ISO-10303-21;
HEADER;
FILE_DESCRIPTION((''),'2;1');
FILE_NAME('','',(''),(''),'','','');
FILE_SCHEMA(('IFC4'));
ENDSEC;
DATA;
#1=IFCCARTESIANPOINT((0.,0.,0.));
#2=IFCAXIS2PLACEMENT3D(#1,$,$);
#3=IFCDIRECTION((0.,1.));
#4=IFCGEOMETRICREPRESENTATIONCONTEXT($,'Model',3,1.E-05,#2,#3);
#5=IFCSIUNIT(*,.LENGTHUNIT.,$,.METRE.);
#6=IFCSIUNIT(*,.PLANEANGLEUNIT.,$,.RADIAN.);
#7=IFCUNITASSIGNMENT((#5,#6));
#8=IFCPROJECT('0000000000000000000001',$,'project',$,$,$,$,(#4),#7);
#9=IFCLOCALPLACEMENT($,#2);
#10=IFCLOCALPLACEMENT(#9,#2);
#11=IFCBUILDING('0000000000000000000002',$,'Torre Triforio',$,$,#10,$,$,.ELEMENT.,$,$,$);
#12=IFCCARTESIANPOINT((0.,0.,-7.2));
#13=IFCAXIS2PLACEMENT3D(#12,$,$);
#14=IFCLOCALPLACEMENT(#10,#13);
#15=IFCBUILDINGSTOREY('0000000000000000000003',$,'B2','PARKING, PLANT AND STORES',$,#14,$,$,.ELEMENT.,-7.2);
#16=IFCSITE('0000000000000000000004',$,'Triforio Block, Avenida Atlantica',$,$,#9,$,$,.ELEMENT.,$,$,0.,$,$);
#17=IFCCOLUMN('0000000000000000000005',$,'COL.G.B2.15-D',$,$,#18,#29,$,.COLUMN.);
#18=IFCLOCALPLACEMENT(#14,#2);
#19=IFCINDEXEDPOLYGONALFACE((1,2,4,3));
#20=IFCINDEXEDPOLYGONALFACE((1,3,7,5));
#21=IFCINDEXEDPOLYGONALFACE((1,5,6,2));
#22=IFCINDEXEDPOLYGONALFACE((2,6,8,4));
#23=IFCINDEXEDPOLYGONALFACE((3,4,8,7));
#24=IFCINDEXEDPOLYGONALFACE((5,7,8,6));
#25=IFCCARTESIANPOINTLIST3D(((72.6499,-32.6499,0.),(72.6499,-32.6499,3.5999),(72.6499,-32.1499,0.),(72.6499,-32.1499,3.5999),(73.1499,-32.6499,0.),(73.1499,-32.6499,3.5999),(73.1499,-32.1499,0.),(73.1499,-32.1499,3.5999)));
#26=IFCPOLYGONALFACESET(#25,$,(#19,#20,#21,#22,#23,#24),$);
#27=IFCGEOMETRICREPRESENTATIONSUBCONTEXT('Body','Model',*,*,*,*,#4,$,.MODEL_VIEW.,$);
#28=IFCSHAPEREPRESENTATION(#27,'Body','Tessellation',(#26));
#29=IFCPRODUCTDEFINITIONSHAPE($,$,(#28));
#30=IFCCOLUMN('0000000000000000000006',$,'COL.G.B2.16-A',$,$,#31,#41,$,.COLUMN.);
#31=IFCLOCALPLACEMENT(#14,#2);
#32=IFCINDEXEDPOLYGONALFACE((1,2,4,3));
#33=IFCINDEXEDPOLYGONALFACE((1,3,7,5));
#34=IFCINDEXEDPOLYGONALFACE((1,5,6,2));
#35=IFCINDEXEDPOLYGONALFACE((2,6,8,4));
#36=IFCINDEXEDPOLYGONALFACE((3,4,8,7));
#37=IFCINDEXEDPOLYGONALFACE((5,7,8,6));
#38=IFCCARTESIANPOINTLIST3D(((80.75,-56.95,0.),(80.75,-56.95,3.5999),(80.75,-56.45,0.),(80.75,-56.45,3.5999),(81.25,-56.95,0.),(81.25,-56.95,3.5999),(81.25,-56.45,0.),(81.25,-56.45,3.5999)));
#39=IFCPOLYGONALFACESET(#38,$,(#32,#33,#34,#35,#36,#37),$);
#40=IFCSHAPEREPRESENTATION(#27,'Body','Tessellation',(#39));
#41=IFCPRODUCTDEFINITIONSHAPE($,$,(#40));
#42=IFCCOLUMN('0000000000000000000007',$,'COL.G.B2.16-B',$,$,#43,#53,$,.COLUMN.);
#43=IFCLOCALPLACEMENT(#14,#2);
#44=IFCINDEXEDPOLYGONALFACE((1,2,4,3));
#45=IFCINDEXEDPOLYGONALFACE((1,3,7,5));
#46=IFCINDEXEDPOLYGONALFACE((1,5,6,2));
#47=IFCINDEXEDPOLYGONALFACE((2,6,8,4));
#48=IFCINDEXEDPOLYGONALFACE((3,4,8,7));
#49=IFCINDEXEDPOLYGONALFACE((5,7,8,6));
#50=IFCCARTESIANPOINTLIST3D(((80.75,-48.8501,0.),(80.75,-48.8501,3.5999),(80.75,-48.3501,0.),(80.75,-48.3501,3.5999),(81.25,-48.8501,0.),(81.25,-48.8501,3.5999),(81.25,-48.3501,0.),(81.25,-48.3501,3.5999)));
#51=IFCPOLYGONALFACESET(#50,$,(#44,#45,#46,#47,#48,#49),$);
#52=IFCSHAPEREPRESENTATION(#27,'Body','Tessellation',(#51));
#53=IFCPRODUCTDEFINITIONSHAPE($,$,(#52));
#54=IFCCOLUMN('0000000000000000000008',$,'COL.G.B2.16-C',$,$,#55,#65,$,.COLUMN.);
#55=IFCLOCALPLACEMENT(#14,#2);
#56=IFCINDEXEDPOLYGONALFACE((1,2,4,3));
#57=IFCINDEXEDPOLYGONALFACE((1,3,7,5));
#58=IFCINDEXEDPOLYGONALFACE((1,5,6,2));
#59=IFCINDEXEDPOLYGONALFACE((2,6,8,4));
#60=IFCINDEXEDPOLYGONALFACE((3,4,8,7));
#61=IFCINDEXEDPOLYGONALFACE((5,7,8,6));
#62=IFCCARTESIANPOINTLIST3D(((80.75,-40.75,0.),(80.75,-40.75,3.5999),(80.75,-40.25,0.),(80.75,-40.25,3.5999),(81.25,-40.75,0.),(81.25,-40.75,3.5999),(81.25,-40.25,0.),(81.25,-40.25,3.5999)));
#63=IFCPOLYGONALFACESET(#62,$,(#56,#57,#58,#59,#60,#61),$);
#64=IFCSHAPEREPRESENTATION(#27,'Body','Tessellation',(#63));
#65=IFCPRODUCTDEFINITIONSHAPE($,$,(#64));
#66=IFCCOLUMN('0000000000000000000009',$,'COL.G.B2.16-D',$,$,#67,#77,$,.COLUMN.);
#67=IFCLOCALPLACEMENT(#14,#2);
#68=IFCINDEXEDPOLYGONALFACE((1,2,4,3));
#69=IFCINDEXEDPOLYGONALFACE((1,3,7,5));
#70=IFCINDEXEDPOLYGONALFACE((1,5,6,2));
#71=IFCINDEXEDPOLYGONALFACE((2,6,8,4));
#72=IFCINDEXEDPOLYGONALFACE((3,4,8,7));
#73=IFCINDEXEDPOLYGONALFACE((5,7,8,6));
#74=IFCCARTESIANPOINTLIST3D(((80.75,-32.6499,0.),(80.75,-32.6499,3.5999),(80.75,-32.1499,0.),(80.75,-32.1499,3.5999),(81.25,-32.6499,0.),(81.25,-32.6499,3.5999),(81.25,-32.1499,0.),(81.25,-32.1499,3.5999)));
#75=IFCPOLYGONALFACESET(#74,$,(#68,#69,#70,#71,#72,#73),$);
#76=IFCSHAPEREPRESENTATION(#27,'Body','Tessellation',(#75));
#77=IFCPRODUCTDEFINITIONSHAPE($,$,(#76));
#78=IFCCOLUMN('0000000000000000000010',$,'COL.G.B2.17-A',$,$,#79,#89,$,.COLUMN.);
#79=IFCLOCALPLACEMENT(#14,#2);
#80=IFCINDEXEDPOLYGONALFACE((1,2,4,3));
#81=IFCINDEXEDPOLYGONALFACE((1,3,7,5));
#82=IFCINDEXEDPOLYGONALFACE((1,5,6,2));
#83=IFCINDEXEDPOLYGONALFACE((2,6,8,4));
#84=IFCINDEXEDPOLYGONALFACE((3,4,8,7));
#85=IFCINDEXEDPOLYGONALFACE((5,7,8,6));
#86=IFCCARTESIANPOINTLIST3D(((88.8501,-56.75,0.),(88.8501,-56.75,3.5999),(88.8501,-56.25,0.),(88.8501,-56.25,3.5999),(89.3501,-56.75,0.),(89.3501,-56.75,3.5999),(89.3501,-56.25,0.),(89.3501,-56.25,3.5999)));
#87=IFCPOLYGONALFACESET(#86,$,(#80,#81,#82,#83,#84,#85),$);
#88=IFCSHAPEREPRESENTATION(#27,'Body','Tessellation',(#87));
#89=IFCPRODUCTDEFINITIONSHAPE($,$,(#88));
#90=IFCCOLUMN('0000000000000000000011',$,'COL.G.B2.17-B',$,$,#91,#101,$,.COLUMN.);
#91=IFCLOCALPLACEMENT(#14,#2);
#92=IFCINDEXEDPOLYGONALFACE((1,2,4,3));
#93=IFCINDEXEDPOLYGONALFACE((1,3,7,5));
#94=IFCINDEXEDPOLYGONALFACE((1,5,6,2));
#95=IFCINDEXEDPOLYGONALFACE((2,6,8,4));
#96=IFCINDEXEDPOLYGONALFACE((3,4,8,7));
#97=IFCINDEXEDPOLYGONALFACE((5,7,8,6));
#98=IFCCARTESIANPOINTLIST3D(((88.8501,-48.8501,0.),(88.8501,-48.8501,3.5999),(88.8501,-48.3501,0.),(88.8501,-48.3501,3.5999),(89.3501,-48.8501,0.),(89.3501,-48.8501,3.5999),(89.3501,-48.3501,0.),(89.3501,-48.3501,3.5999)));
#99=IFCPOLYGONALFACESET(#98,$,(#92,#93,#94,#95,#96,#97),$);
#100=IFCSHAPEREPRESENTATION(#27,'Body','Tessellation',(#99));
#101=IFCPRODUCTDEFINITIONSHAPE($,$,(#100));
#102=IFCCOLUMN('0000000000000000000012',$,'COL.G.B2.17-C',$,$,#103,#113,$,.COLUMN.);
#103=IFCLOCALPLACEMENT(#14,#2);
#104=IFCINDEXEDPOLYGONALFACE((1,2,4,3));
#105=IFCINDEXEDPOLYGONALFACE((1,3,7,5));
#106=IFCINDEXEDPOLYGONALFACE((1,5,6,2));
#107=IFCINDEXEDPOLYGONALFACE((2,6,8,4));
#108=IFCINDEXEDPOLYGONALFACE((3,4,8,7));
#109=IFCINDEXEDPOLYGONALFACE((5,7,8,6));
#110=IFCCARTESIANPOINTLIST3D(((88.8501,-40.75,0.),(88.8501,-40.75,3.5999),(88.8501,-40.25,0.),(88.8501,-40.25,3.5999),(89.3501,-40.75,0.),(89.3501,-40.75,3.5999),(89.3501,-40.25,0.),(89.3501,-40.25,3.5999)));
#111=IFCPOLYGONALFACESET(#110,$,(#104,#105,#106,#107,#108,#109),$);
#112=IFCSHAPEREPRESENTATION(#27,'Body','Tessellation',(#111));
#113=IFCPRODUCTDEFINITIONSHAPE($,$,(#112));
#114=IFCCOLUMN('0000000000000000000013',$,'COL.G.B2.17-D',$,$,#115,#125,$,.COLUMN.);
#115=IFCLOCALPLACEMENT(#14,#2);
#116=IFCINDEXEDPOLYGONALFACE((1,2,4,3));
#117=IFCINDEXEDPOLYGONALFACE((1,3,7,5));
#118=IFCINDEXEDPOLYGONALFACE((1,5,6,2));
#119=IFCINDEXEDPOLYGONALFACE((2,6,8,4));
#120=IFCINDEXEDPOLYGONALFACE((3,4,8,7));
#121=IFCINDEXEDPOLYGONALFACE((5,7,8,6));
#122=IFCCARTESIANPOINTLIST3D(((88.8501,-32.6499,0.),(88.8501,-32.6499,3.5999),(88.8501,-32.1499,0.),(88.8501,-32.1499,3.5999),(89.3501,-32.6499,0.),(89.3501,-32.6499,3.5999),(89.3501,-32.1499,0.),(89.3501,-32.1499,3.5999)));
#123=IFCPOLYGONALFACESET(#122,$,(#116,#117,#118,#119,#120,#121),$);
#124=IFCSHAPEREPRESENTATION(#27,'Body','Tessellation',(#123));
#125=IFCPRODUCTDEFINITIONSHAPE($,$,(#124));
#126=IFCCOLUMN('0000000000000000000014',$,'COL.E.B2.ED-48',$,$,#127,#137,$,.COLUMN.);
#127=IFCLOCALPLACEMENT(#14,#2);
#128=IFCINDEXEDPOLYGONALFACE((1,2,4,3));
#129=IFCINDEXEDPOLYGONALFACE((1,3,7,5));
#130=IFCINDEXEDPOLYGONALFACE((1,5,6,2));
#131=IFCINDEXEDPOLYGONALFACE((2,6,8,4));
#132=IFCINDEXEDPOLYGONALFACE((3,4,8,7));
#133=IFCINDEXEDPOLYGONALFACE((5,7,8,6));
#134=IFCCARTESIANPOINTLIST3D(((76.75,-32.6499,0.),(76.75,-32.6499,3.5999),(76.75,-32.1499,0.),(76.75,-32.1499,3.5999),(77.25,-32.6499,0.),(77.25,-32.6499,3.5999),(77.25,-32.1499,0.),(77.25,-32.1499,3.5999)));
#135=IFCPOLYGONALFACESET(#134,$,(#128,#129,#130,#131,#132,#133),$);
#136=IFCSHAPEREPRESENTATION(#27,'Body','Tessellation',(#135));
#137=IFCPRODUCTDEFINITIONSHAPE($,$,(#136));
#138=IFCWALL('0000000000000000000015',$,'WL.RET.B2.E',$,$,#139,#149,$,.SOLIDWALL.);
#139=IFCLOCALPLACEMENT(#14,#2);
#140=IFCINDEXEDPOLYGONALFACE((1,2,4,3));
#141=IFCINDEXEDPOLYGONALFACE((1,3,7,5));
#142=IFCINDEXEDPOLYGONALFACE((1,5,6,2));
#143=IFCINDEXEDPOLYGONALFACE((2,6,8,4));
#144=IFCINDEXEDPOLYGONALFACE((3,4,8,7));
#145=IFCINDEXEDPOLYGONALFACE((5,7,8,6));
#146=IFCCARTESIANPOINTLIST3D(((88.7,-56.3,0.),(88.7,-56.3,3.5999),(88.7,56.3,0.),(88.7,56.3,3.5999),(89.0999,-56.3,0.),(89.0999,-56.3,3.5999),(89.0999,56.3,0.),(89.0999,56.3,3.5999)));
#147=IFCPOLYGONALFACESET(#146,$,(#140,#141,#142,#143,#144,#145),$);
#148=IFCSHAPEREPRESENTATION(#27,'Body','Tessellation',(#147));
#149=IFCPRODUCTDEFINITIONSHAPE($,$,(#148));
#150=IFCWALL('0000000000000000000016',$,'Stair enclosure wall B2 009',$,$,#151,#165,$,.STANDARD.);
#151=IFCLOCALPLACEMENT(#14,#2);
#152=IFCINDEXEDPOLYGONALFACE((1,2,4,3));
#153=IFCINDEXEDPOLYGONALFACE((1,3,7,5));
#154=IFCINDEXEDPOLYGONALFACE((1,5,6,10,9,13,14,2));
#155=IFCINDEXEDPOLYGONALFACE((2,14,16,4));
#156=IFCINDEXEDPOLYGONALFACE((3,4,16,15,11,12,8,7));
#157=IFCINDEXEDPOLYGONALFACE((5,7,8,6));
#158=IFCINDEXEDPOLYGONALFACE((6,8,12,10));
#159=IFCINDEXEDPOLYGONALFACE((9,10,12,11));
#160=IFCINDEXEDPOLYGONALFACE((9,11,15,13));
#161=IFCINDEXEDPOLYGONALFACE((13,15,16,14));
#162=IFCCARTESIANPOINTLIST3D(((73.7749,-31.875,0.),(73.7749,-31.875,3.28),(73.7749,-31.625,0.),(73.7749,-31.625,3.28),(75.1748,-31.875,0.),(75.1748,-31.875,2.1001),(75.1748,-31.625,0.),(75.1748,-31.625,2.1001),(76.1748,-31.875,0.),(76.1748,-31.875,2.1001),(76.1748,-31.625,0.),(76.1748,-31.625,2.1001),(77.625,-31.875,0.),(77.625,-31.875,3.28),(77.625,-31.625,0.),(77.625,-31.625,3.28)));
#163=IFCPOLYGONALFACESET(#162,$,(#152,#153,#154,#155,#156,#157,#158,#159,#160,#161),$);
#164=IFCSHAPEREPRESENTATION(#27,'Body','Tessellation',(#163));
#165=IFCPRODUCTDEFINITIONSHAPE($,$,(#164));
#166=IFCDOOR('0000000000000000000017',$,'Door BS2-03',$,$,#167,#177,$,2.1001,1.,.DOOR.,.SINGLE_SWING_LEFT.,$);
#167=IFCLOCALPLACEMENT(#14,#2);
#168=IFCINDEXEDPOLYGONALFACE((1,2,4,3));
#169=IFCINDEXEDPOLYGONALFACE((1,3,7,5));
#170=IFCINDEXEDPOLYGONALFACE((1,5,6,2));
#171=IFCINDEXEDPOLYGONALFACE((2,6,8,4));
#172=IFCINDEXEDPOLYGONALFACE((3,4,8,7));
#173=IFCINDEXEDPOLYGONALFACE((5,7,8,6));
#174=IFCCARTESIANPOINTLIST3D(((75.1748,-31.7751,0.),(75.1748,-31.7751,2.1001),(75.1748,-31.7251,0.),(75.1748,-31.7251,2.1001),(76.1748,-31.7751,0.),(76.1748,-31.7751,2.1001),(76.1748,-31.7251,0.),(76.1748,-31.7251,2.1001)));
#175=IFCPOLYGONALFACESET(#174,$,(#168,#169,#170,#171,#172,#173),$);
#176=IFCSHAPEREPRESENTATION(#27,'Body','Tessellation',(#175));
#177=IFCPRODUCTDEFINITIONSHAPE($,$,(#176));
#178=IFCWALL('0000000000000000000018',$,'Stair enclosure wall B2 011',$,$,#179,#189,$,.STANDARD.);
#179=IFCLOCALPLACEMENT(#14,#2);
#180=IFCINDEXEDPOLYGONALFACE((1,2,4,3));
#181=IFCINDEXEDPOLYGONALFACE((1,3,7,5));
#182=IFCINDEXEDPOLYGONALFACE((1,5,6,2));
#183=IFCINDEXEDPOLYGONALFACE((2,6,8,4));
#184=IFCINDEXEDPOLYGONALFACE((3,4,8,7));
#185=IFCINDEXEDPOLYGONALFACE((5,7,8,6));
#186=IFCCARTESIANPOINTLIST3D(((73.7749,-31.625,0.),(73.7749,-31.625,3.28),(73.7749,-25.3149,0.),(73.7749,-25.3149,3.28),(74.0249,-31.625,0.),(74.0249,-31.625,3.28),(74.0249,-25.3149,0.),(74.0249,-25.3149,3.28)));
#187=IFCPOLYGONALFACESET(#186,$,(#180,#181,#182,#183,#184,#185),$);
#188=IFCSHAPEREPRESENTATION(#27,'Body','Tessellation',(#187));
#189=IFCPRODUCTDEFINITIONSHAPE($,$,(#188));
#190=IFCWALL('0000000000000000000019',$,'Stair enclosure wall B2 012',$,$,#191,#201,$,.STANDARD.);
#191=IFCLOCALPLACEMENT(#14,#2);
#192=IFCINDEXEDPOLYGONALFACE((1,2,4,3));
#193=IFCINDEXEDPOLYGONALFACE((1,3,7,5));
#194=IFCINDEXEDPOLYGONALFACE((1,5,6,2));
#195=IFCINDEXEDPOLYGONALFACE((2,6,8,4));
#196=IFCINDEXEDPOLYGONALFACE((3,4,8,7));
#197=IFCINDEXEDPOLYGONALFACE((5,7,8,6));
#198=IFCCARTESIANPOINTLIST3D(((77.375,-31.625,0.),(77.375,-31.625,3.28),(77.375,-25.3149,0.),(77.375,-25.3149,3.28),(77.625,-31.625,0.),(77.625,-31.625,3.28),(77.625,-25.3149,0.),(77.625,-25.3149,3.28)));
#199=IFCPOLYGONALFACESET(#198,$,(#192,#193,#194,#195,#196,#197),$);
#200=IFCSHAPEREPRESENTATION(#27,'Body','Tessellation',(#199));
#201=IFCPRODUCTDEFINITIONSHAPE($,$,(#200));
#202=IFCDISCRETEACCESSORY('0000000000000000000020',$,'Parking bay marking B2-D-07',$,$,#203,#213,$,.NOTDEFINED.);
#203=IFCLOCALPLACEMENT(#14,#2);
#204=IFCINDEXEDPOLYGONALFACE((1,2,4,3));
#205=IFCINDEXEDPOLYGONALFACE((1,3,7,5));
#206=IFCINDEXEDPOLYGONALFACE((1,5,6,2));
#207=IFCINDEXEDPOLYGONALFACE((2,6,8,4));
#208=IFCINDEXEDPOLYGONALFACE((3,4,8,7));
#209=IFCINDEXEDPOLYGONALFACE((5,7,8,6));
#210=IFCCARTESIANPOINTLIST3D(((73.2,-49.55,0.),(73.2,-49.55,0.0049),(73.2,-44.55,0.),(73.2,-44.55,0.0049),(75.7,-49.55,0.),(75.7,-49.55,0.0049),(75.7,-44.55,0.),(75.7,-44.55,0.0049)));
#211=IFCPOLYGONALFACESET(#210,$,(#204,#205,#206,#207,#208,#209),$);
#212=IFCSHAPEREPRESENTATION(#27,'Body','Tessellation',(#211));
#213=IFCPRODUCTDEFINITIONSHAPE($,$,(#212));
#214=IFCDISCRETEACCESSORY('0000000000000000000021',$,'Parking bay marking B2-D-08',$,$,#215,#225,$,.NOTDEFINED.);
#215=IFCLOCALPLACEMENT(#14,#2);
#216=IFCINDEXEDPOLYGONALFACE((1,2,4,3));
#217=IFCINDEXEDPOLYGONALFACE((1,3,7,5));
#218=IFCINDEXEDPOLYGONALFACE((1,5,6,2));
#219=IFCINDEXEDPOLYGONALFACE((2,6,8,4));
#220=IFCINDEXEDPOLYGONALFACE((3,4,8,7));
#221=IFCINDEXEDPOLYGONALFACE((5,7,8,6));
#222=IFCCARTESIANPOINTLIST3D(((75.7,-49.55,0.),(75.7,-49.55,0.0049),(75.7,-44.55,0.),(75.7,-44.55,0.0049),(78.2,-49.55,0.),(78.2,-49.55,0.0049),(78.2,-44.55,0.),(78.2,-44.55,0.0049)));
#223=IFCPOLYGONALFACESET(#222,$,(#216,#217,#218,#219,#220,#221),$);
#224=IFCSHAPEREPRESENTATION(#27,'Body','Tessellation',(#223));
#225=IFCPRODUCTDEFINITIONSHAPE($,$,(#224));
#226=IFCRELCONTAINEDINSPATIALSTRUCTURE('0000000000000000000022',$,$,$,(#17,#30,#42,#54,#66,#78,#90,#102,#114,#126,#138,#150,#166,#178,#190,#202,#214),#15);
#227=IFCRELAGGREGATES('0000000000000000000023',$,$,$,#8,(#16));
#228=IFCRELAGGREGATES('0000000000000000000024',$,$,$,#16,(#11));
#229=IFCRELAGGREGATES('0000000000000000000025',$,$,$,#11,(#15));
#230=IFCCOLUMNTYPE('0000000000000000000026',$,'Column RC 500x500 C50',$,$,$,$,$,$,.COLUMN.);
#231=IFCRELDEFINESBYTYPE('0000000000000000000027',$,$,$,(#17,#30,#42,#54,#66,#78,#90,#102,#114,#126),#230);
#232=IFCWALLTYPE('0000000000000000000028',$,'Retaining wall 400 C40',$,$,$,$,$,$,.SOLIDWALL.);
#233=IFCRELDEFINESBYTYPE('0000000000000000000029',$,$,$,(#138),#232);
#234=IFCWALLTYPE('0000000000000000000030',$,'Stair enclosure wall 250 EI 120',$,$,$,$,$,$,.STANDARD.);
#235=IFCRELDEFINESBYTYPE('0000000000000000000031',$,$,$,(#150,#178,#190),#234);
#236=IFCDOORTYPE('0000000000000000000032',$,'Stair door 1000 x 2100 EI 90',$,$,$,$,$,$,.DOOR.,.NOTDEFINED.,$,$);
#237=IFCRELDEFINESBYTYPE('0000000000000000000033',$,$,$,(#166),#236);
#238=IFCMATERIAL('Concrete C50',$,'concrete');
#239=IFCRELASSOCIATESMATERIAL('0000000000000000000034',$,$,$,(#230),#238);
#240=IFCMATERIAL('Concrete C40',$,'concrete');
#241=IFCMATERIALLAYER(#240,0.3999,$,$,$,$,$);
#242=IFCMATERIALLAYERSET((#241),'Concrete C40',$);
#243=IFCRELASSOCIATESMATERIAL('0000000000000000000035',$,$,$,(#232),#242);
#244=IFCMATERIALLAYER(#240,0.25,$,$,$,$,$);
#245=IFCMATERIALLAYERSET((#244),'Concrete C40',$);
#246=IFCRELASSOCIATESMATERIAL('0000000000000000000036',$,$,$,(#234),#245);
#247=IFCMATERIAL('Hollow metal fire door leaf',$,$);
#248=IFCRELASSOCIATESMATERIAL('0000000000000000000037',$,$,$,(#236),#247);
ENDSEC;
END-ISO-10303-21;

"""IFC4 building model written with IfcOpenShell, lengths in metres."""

from ifc_helpers import new_model, si_unit, direction, frame, frame_2d, origin, origin_2d, place, context, subcontext, project, spatial, rectangle, extrude, material, layer, layer_set, material_profile, profile_set, type_object, element, fill, save


model = new_model("IFC4")

# Units and contexts
model_context = context("Model", 3, precision=1e-05, world=origin(), true_north=direction((0.0, 1.0)))
body_context = subcontext(model_context, "Body", "Model", "MODEL_VIEW")
ifc_project = project(units=[si_unit("LENGTHUNIT", "METRE"), si_unit("PLANEANGLEUNIT", "RADIAN")], contexts=[model_context])

# Site, building, storey
site_placement = place(None, origin())
site = spatial("IfcSite", under=ifc_project, at=site_placement, Name="Triforio Block, Avenida Atlantica", CompositionType="ELEMENT", RefElevation=0.0)
building_placement = place(site_placement, origin())
building = spatial("IfcBuilding", under=site, at=building_placement, Name="Torre Triforio", CompositionType="ELEMENT")
storey_placement = place(building_placement, frame((0.0, 0.0, -7.2)))
storey = spatial("IfcBuildingStorey", under=building, at=storey_placement, Name="B2", Description="PARKING, PLANT AND STORES", CompositionType="ELEMENT", Elevation=-7.2)

# Columns
ifc_material_1 = material(Name="Concrete C50", Category="concrete")
ifc_material_profile = material_profile(ifc_material_1, rectangle(XDim=0.5, YDim=0.5, at=origin_2d()), Name="RC 500x500")
ifc_profile_set = profile_set([ifc_material_profile], Name="Concrete C50")
column_type = type_object("IfcColumnType", Name="Column RC 500x500 C50", PredefinedType="COLUMN", material=ifc_profile_set)
for number, where, z_axis, x_axis, name in (
    (1, (72.8999, -32.3999, 0.0), (0.0, 0.0, 1.0), (1.0, 0.0, 0.0), "COL.G.B2.15-D"),
    (2, (81.0, -56.7, 0.0), (0.0, 0.0, 1.0), (1.0, 0.0, 0.0), "COL.G.B2.16-A"),
    (3, (81.0, -48.6001, 0.0), (0.0, 0.0, 1.0), (1.0, 0.0, 0.0), "COL.G.B2.16-B"),
    (4, (81.0, -40.5, 0.0), (0.0, 0.0, 1.0), (1.0, 0.0, 0.0), "COL.G.B2.16-C"),
    (5, (81.0, -32.3999, 0.0), (0.0, 0.0, 1.0), (1.0, 0.0, 0.0), "COL.G.B2.16-D"),
    (6, (89.1001, -56.5, 0.0), (0.0, 0.0, 1.0), (1.0, 0.0, 0.0), "COL.G.B2.17-A"),
    (7, (89.1001, -48.6001, 0.0), (0.0, 0.0, 1.0), (1.0, 0.0, 0.0), "COL.G.B2.17-B"),
    (8, (89.1001, -40.5, 0.0), (0.0, 0.0, 1.0), (1.0, 0.0, 0.0), "COL.G.B2.17-C"),
    (9, (89.1001, -32.3999, 0.0), (0.0, 0.0, 1.0), (1.0, 0.0, 0.0), "COL.G.B2.17-D"),
    (10, (77.0, -32.3999, 0.0), (0.0, 0.0, 1.0), (1.0, 0.0, 0.0), "COL.E.B2.ED-48"),
):
    element("IfcColumn", number, at=place(storey_placement, frame(where, z_axis=z_axis, x_axis=x_axis)), inside=storey, type_object=column_type, Name=name, PredefinedType="COLUMN", context=body_context, shape_type="SweptSolid", body=[
        extrude(rectangle(XDim=0.5, YDim=0.5, at=origin_2d()), origin(), (0.0, 0.0, 1.0), 3.5999),
    ])

# Wall
ifc_material_2 = material(Name="Concrete C40", Category="concrete")
ifc_layer_1 = layer(ifc_material_2, 0.3999)
ifc_layer_set_1 = layer_set([ifc_layer_1], Name="Concrete C40")
wall_type_1 = type_object("IfcWallType", Name="Retaining wall 400 C40", PredefinedType="SOLIDWALL", material=ifc_layer_set_1)
wall_1_placement = place(storey_placement, frame((88.8999, -56.3, 0.0), z_axis=(0.0, 0.0, 1.0), x_axis=(0.0, 1.0, 0.0)))
element("IfcWall", 11, at=wall_1_placement, inside=storey, type_object=wall_type_1, Name="WL.RET.B2.E", PredefinedType="SOLIDWALL", context=body_context, shape_type="SweptSolid", body=[
    extrude(rectangle(XDim=112.6001, YDim=0.3999, at=frame_2d((56.3, 0.0))), origin(), (0.0, 0.0, 1.0), 3.5999),
])

# Wall, opening, door
ifc_layer_2 = layer(ifc_material_2, 0.25)
ifc_layer_set_2 = layer_set([ifc_layer_2], Name="Concrete C40")
wall_type_2 = type_object("IfcWallType", Name="Stair enclosure wall 250 EI 120", PredefinedType="STANDARD", material=ifc_layer_set_2)
wall_2_placement = place(storey_placement, frame((73.7749, -31.75, 0.0), z_axis=(0.0, 0.0, 1.0), x_axis=(1.0, 0.0, 0.0)))
wall_2 = element("IfcWall", 12, at=wall_2_placement, inside=storey, type_object=wall_type_2, Name="Stair enclosure wall B2 009", PredefinedType="STANDARD", context=body_context, shape_type="SweptSolid", body=[
    extrude(rectangle(XDim=3.8501, YDim=0.25, at=frame_2d((1.925, 0.0))), origin(), (0.0, 0.0, 1.0), 3.28),
])
opening_placement = place(wall_2_placement, frame((1.3999, 0.0, 0.0)))
opening = element("IfcOpeningElement", 13, at=opening_placement, cuts=wall_2, PredefinedType="OPENING", context=body_context, shape_type="SweptSolid", body=[
    extrude(rectangle(XDim=1.0, YDim=2.1001, at=frame_2d((0.5, 1.05))), frame((0.0, 0.135, 0.0), z_axis=(0.0, -1.0, 0.0), x_axis=(1.0, 0.0, 0.0)), (0.0, 0.0, 1.0), 0.27),
])
ifc_material_3 = material(Name="Hollow metal fire door leaf")
door_type = type_object("IfcDoorType", Name="Stair door 1000 x 2100 EI 90", OperationType="NOTDEFINED", PredefinedType="DOOR", material=ifc_material_3)
door_placement = place(opening_placement, origin())
door = element("IfcDoor", 14, at=door_placement, inside=storey, type_object=door_type, Name="Door BS2-03", OperationType="SINGLE_SWING_LEFT", OverallHeight=2.1001, OverallWidth=1.0, PredefinedType="DOOR", context=body_context, shape_type="SweptSolid", body=[
    extrude(rectangle(XDim=1.0, YDim=2.1001, at=frame_2d((0.5, 1.05))), frame((0.0, 0.0249, 0.0), z_axis=(0.0, -1.0, 0.0), x_axis=(1.0, 0.0, 0.0)), (0.0, 0.0, 1.0), 0.05),
])
fill(opening, door)

# Walls
for number, where, z_axis, x_axis, name in (
    (15, (73.8999, -31.625, 0.0), (0.0, 0.0, 1.0), (0.0, 1.0, 0.0), "Stair enclosure wall B2 011"),
    (16, (77.5, -31.625, 0.0), (0.0, 0.0, 1.0), (0.0, 1.0, 0.0), "Stair enclosure wall B2 012"),
):
    element("IfcWall", number, at=place(storey_placement, frame(where, z_axis=z_axis, x_axis=x_axis)), inside=storey, type_object=wall_type_2, Name=name, PredefinedType="STANDARD", context=body_context, shape_type="SweptSolid", body=[
        extrude(rectangle(XDim=6.3101, YDim=0.25, at=frame_2d((3.155, 0.0))), origin(), (0.0, 0.0, 1.0), 3.28),
    ])

# Discrete accessories
for number, where, z_axis, x_axis, name in (
    (17, (74.45, -47.05, 0.0), (0.0, 0.0, 1.0), (1.0, 0.0, 0.0), "Parking bay marking B2-D-07"),
    (18, (76.95, -47.05, 0.0), (0.0, 0.0, 1.0), (1.0, 0.0, 0.0), "Parking bay marking B2-D-08"),
):
    element("IfcDiscreteAccessory", number, at=place(storey_placement, frame(where, z_axis=z_axis, x_axis=x_axis)), inside=storey, Name=name, PredefinedType="NOTDEFINED", context=body_context, shape_type="SweptSolid", body=[
        extrude(rectangle(XDim=2.5, YDim=5.0, at=origin_2d()), origin(), (0.0, 0.0, 1.0), 0.0049),
    ])

save(model, "model.ifc")
